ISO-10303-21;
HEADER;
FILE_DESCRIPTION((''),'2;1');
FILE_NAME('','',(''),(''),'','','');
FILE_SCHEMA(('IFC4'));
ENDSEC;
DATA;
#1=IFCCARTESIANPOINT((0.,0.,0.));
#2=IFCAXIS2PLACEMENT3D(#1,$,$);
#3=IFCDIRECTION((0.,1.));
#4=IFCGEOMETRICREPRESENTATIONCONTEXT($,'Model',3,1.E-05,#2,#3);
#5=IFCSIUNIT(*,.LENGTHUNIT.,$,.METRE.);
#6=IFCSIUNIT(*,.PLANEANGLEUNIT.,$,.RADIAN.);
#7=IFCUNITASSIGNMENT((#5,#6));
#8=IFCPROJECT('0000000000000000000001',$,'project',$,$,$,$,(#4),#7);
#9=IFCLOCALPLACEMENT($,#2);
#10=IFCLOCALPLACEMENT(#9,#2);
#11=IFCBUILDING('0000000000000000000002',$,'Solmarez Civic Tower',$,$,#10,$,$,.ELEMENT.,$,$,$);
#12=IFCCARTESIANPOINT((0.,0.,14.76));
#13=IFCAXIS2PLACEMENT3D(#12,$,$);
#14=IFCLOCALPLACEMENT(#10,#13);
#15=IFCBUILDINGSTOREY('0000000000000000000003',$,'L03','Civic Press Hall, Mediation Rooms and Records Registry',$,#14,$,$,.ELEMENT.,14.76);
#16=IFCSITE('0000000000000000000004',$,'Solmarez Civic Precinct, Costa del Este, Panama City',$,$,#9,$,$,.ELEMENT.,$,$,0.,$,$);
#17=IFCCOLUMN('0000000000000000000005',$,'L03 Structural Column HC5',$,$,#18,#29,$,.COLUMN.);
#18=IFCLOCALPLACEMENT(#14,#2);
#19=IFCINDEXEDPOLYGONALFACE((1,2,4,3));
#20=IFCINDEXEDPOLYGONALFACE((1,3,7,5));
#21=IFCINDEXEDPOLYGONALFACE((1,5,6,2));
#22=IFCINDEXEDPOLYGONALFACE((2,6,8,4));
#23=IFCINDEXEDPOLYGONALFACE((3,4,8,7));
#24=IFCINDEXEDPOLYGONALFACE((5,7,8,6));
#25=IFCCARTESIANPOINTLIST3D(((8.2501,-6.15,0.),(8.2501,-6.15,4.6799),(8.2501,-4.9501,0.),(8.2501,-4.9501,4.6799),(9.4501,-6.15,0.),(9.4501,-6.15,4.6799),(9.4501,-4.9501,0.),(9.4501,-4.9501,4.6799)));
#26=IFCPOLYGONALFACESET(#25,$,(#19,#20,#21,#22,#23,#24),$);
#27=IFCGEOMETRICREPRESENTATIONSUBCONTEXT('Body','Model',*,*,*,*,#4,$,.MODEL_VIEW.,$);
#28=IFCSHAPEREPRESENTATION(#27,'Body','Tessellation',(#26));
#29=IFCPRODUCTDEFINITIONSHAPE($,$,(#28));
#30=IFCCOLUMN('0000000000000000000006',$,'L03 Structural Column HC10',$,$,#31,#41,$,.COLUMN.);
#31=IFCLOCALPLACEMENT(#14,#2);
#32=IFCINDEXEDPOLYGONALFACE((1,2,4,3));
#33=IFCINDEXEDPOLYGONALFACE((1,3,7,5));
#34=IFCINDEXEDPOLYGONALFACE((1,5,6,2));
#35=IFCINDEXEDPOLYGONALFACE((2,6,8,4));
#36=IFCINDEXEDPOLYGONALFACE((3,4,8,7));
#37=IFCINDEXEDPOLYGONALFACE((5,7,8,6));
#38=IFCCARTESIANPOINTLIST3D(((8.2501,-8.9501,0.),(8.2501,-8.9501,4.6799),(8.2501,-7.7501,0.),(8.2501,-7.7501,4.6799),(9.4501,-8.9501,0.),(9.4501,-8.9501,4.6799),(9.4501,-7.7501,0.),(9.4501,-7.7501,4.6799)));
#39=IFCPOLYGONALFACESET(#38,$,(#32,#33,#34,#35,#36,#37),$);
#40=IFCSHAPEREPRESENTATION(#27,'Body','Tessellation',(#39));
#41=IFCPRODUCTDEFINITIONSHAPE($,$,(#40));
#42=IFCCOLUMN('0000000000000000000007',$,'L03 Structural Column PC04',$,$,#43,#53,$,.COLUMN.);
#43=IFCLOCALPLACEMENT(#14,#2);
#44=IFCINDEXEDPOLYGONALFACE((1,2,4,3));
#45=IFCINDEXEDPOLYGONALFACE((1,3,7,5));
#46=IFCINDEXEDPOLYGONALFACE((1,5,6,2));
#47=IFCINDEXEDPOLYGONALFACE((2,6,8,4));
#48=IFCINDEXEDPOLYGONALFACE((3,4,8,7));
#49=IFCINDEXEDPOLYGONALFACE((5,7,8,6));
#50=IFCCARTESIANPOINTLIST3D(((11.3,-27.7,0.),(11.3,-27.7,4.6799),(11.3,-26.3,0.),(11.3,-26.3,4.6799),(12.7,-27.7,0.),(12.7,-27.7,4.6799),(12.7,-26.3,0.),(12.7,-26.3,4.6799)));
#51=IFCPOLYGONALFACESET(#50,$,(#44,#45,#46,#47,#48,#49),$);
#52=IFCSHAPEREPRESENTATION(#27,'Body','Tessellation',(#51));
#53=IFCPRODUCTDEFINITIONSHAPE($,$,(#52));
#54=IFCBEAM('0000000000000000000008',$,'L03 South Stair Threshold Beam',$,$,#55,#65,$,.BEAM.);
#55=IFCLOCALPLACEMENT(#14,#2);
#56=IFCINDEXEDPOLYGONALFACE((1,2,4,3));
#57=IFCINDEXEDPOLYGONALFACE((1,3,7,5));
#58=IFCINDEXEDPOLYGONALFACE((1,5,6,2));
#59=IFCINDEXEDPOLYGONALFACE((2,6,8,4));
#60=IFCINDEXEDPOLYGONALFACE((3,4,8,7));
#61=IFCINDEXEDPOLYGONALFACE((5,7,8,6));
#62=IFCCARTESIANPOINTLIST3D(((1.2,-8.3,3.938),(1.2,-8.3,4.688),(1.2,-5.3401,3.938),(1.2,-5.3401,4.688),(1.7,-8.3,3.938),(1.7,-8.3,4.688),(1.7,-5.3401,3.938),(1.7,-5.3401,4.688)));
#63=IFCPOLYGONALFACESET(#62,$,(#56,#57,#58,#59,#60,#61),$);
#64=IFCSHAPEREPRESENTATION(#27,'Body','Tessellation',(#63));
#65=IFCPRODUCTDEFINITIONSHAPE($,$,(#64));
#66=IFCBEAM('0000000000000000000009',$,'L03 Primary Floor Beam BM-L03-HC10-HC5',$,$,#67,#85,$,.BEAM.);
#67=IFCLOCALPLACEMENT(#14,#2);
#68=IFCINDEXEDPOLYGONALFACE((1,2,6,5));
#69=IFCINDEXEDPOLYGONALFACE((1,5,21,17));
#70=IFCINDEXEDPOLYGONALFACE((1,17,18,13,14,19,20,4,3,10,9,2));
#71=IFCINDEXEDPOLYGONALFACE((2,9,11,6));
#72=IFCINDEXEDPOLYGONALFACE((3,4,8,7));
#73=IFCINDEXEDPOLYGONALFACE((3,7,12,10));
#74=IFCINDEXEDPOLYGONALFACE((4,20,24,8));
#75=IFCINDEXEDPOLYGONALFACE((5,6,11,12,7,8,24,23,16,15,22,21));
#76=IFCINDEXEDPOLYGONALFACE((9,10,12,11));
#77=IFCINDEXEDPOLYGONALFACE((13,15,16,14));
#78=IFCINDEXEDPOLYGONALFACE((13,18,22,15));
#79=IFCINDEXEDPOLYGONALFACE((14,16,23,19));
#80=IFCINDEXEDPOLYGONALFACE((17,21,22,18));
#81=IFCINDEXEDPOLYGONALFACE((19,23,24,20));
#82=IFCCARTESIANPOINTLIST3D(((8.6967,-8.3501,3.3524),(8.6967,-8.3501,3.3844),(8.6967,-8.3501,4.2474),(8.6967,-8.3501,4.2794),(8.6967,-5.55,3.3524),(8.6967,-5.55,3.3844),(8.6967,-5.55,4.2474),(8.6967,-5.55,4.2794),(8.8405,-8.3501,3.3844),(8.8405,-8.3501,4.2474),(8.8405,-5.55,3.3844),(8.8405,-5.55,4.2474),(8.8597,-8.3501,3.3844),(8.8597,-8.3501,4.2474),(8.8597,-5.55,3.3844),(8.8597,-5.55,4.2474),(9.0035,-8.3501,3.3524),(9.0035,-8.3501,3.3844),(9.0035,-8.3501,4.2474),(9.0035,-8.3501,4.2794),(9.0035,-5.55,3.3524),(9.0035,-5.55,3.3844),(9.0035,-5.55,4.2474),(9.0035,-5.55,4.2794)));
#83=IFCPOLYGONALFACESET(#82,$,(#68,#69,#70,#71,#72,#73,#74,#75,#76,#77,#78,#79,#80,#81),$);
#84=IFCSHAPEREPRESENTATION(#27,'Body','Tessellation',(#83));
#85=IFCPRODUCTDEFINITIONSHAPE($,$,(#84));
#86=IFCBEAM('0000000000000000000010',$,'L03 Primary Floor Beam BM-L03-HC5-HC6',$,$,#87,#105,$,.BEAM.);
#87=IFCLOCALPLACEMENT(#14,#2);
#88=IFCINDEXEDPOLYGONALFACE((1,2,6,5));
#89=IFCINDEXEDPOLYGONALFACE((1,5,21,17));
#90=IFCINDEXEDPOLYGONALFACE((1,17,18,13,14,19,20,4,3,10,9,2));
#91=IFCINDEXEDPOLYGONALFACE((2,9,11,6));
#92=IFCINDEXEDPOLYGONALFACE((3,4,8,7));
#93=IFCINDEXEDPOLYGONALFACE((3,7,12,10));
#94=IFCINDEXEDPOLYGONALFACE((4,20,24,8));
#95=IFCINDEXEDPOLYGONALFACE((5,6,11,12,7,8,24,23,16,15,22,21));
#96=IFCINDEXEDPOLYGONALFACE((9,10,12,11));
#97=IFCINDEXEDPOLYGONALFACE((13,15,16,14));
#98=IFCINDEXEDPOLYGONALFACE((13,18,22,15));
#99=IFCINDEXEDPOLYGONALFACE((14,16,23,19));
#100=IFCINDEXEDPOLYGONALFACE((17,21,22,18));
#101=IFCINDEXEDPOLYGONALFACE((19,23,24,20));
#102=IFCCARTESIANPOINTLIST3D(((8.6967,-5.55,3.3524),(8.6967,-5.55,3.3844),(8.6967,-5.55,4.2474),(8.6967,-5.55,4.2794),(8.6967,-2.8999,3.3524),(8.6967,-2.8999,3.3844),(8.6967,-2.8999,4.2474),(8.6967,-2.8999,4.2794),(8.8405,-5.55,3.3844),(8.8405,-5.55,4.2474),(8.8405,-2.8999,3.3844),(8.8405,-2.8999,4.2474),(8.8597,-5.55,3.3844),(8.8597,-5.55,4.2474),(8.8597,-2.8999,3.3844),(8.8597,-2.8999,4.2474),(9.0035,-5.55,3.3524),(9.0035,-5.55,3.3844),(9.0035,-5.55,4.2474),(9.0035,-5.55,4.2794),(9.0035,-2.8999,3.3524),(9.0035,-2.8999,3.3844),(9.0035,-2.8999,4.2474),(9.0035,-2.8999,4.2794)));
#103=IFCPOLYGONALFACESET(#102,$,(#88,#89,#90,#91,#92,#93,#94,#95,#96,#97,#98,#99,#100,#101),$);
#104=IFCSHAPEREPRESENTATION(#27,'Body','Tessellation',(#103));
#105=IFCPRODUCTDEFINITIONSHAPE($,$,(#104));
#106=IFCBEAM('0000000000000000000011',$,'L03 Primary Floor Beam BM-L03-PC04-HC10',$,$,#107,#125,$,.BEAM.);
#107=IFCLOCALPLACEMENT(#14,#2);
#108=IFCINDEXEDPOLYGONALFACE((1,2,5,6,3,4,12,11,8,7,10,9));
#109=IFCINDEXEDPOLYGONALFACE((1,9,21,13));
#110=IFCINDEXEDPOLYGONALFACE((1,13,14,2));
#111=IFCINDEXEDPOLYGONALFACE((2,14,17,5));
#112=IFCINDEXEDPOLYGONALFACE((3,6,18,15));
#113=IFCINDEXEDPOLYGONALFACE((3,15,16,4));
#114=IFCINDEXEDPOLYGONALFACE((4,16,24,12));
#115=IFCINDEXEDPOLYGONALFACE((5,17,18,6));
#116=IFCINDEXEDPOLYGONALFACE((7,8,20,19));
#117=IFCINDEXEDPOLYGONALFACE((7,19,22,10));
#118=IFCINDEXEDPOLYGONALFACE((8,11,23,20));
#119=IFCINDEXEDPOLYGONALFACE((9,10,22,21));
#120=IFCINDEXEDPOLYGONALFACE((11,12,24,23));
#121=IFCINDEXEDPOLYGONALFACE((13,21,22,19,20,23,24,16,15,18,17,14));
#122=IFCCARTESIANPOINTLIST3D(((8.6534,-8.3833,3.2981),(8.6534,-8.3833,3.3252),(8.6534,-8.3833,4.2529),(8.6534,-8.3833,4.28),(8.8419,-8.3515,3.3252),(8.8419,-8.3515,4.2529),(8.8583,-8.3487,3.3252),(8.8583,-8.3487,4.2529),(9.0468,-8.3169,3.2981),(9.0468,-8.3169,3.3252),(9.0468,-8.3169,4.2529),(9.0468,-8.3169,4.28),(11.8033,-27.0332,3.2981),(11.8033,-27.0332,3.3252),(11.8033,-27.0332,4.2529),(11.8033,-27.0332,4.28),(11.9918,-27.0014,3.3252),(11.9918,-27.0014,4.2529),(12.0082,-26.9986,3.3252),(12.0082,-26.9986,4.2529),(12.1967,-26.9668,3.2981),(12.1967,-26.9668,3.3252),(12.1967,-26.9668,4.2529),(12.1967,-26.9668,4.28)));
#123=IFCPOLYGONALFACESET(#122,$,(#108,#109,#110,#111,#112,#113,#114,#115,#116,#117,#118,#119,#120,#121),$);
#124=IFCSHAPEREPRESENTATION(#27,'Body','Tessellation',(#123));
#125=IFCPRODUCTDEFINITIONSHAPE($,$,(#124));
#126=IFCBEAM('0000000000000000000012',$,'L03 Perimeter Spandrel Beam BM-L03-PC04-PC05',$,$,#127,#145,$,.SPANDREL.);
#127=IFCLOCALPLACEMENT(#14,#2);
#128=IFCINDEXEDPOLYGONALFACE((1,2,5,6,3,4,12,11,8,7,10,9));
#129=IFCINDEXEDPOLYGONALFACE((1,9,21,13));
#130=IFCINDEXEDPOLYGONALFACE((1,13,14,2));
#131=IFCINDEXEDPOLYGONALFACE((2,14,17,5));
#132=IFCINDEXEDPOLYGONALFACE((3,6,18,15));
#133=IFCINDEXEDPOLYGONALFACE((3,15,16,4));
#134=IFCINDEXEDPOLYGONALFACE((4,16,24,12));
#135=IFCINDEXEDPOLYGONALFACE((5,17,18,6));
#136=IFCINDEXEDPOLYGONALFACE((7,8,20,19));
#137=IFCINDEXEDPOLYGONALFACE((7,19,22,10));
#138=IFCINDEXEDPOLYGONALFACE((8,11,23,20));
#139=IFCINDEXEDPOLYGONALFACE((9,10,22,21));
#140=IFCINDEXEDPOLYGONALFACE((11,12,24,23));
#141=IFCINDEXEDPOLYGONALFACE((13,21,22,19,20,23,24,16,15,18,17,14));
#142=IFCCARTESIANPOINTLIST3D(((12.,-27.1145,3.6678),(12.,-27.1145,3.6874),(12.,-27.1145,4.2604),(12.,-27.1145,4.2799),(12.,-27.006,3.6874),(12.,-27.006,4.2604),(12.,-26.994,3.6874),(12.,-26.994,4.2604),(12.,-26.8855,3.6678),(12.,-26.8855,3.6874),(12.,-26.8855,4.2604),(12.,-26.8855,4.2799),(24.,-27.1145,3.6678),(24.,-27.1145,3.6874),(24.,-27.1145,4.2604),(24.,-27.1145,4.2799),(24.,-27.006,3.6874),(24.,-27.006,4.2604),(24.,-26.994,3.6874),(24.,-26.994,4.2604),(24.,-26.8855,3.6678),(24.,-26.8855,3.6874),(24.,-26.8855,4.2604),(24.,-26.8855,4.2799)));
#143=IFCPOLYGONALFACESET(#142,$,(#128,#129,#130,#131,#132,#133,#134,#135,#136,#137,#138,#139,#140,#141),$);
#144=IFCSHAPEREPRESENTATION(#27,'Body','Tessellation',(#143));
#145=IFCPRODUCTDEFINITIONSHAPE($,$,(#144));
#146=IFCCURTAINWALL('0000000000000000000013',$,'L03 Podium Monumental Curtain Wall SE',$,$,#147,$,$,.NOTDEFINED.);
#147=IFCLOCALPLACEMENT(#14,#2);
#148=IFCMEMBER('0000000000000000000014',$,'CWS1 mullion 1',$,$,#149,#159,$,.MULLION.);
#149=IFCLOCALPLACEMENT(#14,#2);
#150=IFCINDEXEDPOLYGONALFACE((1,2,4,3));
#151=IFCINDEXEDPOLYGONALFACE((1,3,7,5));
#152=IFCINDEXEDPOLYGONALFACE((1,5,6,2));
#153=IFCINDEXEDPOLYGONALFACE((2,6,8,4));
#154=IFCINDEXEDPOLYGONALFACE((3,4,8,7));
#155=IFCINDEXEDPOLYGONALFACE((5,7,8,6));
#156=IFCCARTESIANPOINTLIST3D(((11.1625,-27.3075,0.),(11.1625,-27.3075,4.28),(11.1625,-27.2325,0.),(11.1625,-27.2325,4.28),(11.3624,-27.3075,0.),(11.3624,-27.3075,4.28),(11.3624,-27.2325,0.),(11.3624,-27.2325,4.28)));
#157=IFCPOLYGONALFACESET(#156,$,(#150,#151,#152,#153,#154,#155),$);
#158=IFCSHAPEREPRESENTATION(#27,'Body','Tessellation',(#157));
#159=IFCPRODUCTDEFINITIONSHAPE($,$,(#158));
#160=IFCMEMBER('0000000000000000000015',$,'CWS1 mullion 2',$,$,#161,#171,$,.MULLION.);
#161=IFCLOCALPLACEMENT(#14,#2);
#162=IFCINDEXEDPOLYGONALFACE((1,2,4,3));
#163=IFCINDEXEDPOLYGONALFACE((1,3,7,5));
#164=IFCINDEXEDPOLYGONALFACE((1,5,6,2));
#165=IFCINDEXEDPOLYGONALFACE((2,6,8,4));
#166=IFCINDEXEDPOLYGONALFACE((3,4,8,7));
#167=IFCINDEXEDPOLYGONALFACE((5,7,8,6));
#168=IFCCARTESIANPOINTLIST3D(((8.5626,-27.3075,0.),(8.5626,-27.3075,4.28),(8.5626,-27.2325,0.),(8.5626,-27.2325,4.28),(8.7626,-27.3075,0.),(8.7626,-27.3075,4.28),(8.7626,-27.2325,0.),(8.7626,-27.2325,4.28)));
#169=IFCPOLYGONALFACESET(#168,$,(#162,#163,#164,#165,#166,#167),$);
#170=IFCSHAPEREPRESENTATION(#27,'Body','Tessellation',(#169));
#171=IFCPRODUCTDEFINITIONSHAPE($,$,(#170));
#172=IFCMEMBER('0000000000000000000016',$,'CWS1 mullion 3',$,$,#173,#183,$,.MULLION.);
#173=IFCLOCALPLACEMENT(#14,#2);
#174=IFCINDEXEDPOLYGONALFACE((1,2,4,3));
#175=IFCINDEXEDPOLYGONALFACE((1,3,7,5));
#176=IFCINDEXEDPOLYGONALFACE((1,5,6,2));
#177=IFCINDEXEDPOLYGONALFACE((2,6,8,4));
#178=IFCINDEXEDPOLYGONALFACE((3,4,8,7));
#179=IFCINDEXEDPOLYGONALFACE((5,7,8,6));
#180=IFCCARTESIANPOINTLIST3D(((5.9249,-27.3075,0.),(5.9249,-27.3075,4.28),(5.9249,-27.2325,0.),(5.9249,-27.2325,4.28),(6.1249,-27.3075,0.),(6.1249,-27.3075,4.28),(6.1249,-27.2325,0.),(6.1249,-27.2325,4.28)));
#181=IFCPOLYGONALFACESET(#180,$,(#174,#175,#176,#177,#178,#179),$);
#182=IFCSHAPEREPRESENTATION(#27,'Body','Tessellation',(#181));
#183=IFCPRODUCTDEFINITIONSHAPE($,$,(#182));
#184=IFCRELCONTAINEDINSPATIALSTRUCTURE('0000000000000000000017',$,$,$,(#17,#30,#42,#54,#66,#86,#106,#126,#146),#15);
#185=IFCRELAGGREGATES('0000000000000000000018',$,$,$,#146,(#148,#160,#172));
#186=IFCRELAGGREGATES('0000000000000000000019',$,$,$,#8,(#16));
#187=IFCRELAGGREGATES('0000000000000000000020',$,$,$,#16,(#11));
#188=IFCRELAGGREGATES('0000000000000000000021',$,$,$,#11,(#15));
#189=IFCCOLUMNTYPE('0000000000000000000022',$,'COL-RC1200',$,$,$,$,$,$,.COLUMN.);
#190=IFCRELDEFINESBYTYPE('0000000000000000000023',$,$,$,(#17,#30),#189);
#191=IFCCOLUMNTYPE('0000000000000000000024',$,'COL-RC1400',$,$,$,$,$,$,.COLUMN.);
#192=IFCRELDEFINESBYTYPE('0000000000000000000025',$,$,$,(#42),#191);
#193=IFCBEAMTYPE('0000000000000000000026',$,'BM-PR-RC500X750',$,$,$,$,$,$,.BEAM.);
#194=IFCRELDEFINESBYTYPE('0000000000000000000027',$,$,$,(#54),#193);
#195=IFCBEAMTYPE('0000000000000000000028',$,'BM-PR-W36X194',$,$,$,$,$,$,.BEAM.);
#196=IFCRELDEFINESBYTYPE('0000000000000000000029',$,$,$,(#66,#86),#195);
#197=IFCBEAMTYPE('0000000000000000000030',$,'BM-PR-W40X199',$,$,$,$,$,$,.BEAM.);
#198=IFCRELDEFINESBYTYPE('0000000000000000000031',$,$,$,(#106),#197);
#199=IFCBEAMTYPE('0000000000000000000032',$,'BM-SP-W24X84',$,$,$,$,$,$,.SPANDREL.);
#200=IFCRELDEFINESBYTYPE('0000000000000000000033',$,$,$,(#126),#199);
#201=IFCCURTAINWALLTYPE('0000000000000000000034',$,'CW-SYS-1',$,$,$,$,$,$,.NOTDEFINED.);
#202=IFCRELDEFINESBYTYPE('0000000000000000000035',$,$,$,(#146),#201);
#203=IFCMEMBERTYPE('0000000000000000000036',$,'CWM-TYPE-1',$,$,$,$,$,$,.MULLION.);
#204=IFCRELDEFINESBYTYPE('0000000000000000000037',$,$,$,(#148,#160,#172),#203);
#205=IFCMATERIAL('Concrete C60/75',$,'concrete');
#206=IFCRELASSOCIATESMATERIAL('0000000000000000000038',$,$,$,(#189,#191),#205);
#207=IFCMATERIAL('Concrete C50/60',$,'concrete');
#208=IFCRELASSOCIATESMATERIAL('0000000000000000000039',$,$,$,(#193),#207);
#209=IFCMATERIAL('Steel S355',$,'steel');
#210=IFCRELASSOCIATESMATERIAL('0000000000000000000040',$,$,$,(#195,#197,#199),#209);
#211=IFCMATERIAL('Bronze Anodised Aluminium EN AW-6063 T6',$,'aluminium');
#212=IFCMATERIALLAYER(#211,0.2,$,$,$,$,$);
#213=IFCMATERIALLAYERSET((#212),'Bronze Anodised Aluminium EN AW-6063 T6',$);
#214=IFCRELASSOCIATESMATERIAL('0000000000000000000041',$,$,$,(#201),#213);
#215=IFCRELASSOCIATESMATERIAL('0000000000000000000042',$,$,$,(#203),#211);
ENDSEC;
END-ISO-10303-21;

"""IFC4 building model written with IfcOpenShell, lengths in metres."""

from ifc_helpers import new_model, si_unit, direction, frame, origin, origin_2d, place, context, subcontext, project, spatial, rectangle, i_section, extrude, material, layer, layer_set, material_profile, profile_set, type_object, element, aggregate, save


model = new_model("IFC4")

# Units and contexts
model_context = context("Model", 3, precision=1e-05, world=origin(), true_north=direction((0.0, 1.0)))
body_context = subcontext(model_context, "Body", "Model", "MODEL_VIEW")
ifc_project = project(units=[si_unit("LENGTHUNIT", "METRE"), si_unit("PLANEANGLEUNIT", "RADIAN")], contexts=[model_context])

# Site, building, storey
site_placement = place(None, origin())
site = spatial("IfcSite", under=ifc_project, at=site_placement, Name="Solmarez Civic Precinct, Costa del Este, Panama City", CompositionType="ELEMENT", RefElevation=0.0)
building_placement = place(site_placement, origin())
building = spatial("IfcBuilding", under=site, at=building_placement, Name="Solmarez Civic Tower", CompositionType="ELEMENT")
storey_placement = place(building_placement, frame((0.0, 0.0, 14.76)))
storey = spatial("IfcBuildingStorey", under=building, at=storey_placement, Name="L03", Description="Civic Press Hall, Mediation Rooms and Records Registry", CompositionType="ELEMENT", Elevation=14.76)

# Columns
ifc_material_1 = material(Name="Concrete C60/75", Category="concrete")
ifc_material_profile_1 = material_profile(ifc_material_1, rectangle(XDim=1.2, YDim=1.2, at=origin_2d()), Name="RC1200X1200")
ifc_profile_set_1 = profile_set([ifc_material_profile_1], Name="Concrete C60/75")
column_type_1 = type_object("IfcColumnType", Name="COL-RC1200", PredefinedType="COLUMN", material=ifc_profile_set_1)
for number, where, z_axis, x_axis, name in (
    (1, (8.8501, -5.55, 0.0), (0.0, 0.0, 1.0), (1.0, 0.0, 0.0), "L03 Structural Column HC5"),
    (2, (8.8501, -8.3501, 0.0), (0.0, 0.0, 1.0), (1.0, 0.0, 0.0), "L03 Structural Column HC10"),
):
    element("IfcColumn", number, at=place(storey_placement, frame(where, z_axis=z_axis, x_axis=x_axis)), inside=storey, type_object=column_type_1, Name=name, PredefinedType="COLUMN", context=body_context, shape_type="SweptSolid", body=[
        extrude(rectangle(XDim=1.2, YDim=1.2, at=origin_2d()), origin(), (0.0, 0.0, 1.0), 4.6799),
    ])
ifc_material_profile_2 = material_profile(ifc_material_1, rectangle(XDim=1.3999, YDim=1.3999, at=origin_2d()), Name="RC1400X1400")
ifc_profile_set_2 = profile_set([ifc_material_profile_2], Name="Concrete C60/75")
column_type_2 = type_object("IfcColumnType", Name="COL-RC1400", PredefinedType="COLUMN", material=ifc_profile_set_2)
column_placement = place(storey_placement, frame((12.0, -27.0, 0.0), z_axis=(0.0, 0.0, 1.0), x_axis=(1.0, 0.0, 0.0)))
element("IfcColumn", 3, at=column_placement, inside=storey, type_object=column_type_2, Name="L03 Structural Column PC04", PredefinedType="COLUMN", context=body_context, shape_type="SweptSolid", body=[
    extrude(rectangle(XDim=1.3999, YDim=1.3999, at=origin_2d()), origin(), (0.0, 0.0, 1.0), 4.6799),
])

# Beams
ifc_material_2 = material(Name="Concrete C50/60", Category="concrete")
ifc_material_profile_3 = material_profile(ifc_material_2, rectangle(XDim=0.5, YDim=0.75, at=origin_2d()), Name="RC500X750")
ifc_profile_set_3 = profile_set([ifc_material_profile_3], Name="Concrete C50/60")
beam_type_1 = type_object("IfcBeamType", Name="BM-PR-RC500X750", PredefinedType="BEAM", material=ifc_profile_set_3)
beam_1_placement = place(storey_placement, frame((1.45, -8.3, 4.313), z_axis=(0.0, 1.0, 0.0), x_axis=(-1.0, 0.0, 0.0)))
element("IfcBeam", 4, at=beam_1_placement, inside=storey, type_object=beam_type_1, Name="L03 South Stair Threshold Beam", PredefinedType="BEAM", context=body_context, shape_type="SweptSolid", body=[
    extrude(rectangle(XDim=0.5, YDim=0.75, at=origin_2d()), origin(), (0.0, 0.0, 1.0), 2.96),
])
ifc_material_3 = material(Name="Steel S355", Category="steel")
ifc_material_profile_4 = material_profile(ifc_material_3, i_section(OverallWidth=0.3069, OverallDepth=0.927, WebThickness=0.0193, FlangeThickness=0.032, at=origin_2d()), Name="W36X194")
ifc_profile_set_4 = profile_set([ifc_material_profile_4], Name="Steel S355")
beam_type_2 = type_object("IfcBeamType", Name="BM-PR-W36X194", PredefinedType="BEAM", material=ifc_profile_set_4)
beam_2_placement = place(storey_placement, frame((8.8501, -8.3501, 3.8159), z_axis=(0.0, 1.0, 0.0), x_axis=(-1.0, 0.0, 0.0)))
element("IfcBeam", 5, at=beam_2_placement, inside=storey, type_object=beam_type_2, Name="L03 Primary Floor Beam BM-L03-HC10-HC5", PredefinedType="BEAM", context=body_context, shape_type="SweptSolid", body=[
    extrude(i_section(OverallWidth=0.3069, OverallDepth=0.927, WebThickness=0.0193, FlangeThickness=0.032, at=origin_2d()), origin(), (0.0, 0.0, 1.0), 2.8),
])
beam_3_placement = place(storey_placement, frame((8.8501, -5.55, 3.8159), z_axis=(0.0, 1.0, 0.0), x_axis=(-1.0, 0.0, 0.0)))
element("IfcBeam", 6, at=beam_3_placement, inside=storey, type_object=beam_type_2, Name="L03 Primary Floor Beam BM-L03-HC5-HC6", PredefinedType="BEAM", context=body_context, shape_type="SweptSolid", body=[
    extrude(i_section(OverallWidth=0.3069, OverallDepth=0.927, WebThickness=0.0193, FlangeThickness=0.032, at=origin_2d()), origin(), (0.0, 0.0, 1.0), 2.6501),
])
ifc_material_profile_5 = material_profile(ifc_material_3, i_section(OverallWidth=0.3989, OverallDepth=0.9819, WebThickness=0.0166, FlangeThickness=0.0271, at=origin_2d()), Name="W40X199")
ifc_profile_set_5 = profile_set([ifc_material_profile_5], Name="Steel S355")
beam_type_3 = type_object("IfcBeamType", Name="BM-PR-W40X199", PredefinedType="BEAM", material=ifc_profile_set_5)
beam_4_placement = place(storey_placement, frame((12.0, -27.0, 3.7891), z_axis=(-0.166538, 0.986035, 0.0), x_axis=(-0.986035, -0.166538, 0.0)))
element("IfcBeam", 7, at=beam_4_placement, inside=storey, type_object=beam_type_3, Name="L03 Primary Floor Beam BM-L03-PC04-HC10", PredefinedType="BEAM", context=body_context, shape_type="SweptSolid", body=[
    extrude(i_section(OverallWidth=0.3989, OverallDepth=0.9819, WebThickness=0.0166, FlangeThickness=0.0271, at=origin_2d()), origin(), (0.0, 0.0, 1.0), 18.9141),
])
ifc_material_profile_6 = material_profile(ifc_material_3, i_section(OverallWidth=0.229, OverallDepth=0.6121, WebThickness=0.012, FlangeThickness=0.0195, at=origin_2d()), Name="W24X84")
ifc_profile_set_6 = profile_set([ifc_material_profile_6], Name="Steel S355")
beam_type_4 = type_object("IfcBeamType", Name="BM-SP-W24X84", PredefinedType="SPANDREL", material=ifc_profile_set_6)
beam_5_placement = place(storey_placement, frame((12.0, -27.0, 3.9739), z_axis=(1.0, 0.0, 0.0), x_axis=(0.0, 1.0, 0.0)))
element("IfcBeam", 8, at=beam_5_placement, inside=storey, type_object=beam_type_4, Name="L03 Perimeter Spandrel Beam BM-L03-PC04-PC05", PredefinedType="SPANDREL", context=body_context, shape_type="SweptSolid", body=[
    extrude(i_section(OverallWidth=0.229, OverallDepth=0.6121, WebThickness=0.012, FlangeThickness=0.0195, at=origin_2d()), origin(), (0.0, 0.0, 1.0), 12.0),
])

# Curtain wall, members
ifc_material_4 = material(Name="Bronze Anodised Aluminium EN AW-6063 T6", Category="aluminium")
ifc_layer_1 = layer(ifc_material_4, 0.2)
ifc_layer_set_1 = layer_set([ifc_layer_1], Name="Bronze Anodised Aluminium EN AW-6063 T6")
curtain_wall_type = type_object("IfcCurtainWallType", Name="CW-SYS-1", PredefinedType="NOTDEFINED", material=ifc_layer_set_1)
curtain_wall_placement = place(storey_placement, origin())
curtain_wall = element("IfcCurtainWall", 9, at=curtain_wall_placement, inside=storey, type_object=curtain_wall_type, Name="L03 Podium Monumental Curtain Wall SE", PredefinedType="NOTDEFINED")
ifc_material_profile_7 = material_profile(ifc_material_4, rectangle(XDim=0.075, YDim=0.2, at=origin_2d()), Name="CWM-75X200")
ifc_profile_set_7 = profile_set([ifc_material_profile_7], Name="Bronze Anodised Aluminium EN AW-6063 T6")
member_type_1 = type_object("IfcMemberType", Name="CWM-TYPE-1", PredefinedType="MULLION", material=ifc_profile_set_7)
member_1_placement = place(storey_placement, frame((11.2625, -27.27, 0.0), z_axis=(0.0, 0.0, 1.0), x_axis=(0.0, -1.0, 0.0)))
member_1 = element("IfcMember", 10, at=member_1_placement, type_object=member_type_1, Name="CWS1 mullion 1", PredefinedType="MULLION", context=body_context, shape_type="SweptSolid", body=[
    extrude(rectangle(XDim=0.075, YDim=0.2, at=origin_2d()), origin(), (0.0, 0.0, 1.0), 4.28),
])
member_2_placement = place(storey_placement, frame((8.6626, -27.27, 0.0), z_axis=(0.0, 0.0, 1.0), x_axis=(0.0, -1.0, 0.0)))
member_2 = element("IfcMember", 11, at=member_2_placement, type_object=member_type_1, Name="CWS1 mullion 2", PredefinedType="MULLION", context=body_context, shape_type="SweptSolid", body=[
    extrude(rectangle(XDim=0.075, YDim=0.2, at=origin_2d()), origin(), (0.0, 0.0, 1.0), 4.28),
])
member_3_placement = place(storey_placement, frame((6.0249, -27.27, 0.0), z_axis=(0.0, 0.0, 1.0), x_axis=(0.0, -1.0, 0.0)))
member_3 = element("IfcMember", 12, at=member_3_placement, type_object=member_type_1, Name="CWS1 mullion 3", PredefinedType="MULLION", context=body_context, shape_type="SweptSolid", body=[
    extrude(rectangle(XDim=0.075, YDim=0.2, at=origin_2d()), origin(), (0.0, 0.0, 1.0), 4.28),
])
aggregate(curtain_wall, [member_1, member_2, member_3])

save(model, "model.ifc")
